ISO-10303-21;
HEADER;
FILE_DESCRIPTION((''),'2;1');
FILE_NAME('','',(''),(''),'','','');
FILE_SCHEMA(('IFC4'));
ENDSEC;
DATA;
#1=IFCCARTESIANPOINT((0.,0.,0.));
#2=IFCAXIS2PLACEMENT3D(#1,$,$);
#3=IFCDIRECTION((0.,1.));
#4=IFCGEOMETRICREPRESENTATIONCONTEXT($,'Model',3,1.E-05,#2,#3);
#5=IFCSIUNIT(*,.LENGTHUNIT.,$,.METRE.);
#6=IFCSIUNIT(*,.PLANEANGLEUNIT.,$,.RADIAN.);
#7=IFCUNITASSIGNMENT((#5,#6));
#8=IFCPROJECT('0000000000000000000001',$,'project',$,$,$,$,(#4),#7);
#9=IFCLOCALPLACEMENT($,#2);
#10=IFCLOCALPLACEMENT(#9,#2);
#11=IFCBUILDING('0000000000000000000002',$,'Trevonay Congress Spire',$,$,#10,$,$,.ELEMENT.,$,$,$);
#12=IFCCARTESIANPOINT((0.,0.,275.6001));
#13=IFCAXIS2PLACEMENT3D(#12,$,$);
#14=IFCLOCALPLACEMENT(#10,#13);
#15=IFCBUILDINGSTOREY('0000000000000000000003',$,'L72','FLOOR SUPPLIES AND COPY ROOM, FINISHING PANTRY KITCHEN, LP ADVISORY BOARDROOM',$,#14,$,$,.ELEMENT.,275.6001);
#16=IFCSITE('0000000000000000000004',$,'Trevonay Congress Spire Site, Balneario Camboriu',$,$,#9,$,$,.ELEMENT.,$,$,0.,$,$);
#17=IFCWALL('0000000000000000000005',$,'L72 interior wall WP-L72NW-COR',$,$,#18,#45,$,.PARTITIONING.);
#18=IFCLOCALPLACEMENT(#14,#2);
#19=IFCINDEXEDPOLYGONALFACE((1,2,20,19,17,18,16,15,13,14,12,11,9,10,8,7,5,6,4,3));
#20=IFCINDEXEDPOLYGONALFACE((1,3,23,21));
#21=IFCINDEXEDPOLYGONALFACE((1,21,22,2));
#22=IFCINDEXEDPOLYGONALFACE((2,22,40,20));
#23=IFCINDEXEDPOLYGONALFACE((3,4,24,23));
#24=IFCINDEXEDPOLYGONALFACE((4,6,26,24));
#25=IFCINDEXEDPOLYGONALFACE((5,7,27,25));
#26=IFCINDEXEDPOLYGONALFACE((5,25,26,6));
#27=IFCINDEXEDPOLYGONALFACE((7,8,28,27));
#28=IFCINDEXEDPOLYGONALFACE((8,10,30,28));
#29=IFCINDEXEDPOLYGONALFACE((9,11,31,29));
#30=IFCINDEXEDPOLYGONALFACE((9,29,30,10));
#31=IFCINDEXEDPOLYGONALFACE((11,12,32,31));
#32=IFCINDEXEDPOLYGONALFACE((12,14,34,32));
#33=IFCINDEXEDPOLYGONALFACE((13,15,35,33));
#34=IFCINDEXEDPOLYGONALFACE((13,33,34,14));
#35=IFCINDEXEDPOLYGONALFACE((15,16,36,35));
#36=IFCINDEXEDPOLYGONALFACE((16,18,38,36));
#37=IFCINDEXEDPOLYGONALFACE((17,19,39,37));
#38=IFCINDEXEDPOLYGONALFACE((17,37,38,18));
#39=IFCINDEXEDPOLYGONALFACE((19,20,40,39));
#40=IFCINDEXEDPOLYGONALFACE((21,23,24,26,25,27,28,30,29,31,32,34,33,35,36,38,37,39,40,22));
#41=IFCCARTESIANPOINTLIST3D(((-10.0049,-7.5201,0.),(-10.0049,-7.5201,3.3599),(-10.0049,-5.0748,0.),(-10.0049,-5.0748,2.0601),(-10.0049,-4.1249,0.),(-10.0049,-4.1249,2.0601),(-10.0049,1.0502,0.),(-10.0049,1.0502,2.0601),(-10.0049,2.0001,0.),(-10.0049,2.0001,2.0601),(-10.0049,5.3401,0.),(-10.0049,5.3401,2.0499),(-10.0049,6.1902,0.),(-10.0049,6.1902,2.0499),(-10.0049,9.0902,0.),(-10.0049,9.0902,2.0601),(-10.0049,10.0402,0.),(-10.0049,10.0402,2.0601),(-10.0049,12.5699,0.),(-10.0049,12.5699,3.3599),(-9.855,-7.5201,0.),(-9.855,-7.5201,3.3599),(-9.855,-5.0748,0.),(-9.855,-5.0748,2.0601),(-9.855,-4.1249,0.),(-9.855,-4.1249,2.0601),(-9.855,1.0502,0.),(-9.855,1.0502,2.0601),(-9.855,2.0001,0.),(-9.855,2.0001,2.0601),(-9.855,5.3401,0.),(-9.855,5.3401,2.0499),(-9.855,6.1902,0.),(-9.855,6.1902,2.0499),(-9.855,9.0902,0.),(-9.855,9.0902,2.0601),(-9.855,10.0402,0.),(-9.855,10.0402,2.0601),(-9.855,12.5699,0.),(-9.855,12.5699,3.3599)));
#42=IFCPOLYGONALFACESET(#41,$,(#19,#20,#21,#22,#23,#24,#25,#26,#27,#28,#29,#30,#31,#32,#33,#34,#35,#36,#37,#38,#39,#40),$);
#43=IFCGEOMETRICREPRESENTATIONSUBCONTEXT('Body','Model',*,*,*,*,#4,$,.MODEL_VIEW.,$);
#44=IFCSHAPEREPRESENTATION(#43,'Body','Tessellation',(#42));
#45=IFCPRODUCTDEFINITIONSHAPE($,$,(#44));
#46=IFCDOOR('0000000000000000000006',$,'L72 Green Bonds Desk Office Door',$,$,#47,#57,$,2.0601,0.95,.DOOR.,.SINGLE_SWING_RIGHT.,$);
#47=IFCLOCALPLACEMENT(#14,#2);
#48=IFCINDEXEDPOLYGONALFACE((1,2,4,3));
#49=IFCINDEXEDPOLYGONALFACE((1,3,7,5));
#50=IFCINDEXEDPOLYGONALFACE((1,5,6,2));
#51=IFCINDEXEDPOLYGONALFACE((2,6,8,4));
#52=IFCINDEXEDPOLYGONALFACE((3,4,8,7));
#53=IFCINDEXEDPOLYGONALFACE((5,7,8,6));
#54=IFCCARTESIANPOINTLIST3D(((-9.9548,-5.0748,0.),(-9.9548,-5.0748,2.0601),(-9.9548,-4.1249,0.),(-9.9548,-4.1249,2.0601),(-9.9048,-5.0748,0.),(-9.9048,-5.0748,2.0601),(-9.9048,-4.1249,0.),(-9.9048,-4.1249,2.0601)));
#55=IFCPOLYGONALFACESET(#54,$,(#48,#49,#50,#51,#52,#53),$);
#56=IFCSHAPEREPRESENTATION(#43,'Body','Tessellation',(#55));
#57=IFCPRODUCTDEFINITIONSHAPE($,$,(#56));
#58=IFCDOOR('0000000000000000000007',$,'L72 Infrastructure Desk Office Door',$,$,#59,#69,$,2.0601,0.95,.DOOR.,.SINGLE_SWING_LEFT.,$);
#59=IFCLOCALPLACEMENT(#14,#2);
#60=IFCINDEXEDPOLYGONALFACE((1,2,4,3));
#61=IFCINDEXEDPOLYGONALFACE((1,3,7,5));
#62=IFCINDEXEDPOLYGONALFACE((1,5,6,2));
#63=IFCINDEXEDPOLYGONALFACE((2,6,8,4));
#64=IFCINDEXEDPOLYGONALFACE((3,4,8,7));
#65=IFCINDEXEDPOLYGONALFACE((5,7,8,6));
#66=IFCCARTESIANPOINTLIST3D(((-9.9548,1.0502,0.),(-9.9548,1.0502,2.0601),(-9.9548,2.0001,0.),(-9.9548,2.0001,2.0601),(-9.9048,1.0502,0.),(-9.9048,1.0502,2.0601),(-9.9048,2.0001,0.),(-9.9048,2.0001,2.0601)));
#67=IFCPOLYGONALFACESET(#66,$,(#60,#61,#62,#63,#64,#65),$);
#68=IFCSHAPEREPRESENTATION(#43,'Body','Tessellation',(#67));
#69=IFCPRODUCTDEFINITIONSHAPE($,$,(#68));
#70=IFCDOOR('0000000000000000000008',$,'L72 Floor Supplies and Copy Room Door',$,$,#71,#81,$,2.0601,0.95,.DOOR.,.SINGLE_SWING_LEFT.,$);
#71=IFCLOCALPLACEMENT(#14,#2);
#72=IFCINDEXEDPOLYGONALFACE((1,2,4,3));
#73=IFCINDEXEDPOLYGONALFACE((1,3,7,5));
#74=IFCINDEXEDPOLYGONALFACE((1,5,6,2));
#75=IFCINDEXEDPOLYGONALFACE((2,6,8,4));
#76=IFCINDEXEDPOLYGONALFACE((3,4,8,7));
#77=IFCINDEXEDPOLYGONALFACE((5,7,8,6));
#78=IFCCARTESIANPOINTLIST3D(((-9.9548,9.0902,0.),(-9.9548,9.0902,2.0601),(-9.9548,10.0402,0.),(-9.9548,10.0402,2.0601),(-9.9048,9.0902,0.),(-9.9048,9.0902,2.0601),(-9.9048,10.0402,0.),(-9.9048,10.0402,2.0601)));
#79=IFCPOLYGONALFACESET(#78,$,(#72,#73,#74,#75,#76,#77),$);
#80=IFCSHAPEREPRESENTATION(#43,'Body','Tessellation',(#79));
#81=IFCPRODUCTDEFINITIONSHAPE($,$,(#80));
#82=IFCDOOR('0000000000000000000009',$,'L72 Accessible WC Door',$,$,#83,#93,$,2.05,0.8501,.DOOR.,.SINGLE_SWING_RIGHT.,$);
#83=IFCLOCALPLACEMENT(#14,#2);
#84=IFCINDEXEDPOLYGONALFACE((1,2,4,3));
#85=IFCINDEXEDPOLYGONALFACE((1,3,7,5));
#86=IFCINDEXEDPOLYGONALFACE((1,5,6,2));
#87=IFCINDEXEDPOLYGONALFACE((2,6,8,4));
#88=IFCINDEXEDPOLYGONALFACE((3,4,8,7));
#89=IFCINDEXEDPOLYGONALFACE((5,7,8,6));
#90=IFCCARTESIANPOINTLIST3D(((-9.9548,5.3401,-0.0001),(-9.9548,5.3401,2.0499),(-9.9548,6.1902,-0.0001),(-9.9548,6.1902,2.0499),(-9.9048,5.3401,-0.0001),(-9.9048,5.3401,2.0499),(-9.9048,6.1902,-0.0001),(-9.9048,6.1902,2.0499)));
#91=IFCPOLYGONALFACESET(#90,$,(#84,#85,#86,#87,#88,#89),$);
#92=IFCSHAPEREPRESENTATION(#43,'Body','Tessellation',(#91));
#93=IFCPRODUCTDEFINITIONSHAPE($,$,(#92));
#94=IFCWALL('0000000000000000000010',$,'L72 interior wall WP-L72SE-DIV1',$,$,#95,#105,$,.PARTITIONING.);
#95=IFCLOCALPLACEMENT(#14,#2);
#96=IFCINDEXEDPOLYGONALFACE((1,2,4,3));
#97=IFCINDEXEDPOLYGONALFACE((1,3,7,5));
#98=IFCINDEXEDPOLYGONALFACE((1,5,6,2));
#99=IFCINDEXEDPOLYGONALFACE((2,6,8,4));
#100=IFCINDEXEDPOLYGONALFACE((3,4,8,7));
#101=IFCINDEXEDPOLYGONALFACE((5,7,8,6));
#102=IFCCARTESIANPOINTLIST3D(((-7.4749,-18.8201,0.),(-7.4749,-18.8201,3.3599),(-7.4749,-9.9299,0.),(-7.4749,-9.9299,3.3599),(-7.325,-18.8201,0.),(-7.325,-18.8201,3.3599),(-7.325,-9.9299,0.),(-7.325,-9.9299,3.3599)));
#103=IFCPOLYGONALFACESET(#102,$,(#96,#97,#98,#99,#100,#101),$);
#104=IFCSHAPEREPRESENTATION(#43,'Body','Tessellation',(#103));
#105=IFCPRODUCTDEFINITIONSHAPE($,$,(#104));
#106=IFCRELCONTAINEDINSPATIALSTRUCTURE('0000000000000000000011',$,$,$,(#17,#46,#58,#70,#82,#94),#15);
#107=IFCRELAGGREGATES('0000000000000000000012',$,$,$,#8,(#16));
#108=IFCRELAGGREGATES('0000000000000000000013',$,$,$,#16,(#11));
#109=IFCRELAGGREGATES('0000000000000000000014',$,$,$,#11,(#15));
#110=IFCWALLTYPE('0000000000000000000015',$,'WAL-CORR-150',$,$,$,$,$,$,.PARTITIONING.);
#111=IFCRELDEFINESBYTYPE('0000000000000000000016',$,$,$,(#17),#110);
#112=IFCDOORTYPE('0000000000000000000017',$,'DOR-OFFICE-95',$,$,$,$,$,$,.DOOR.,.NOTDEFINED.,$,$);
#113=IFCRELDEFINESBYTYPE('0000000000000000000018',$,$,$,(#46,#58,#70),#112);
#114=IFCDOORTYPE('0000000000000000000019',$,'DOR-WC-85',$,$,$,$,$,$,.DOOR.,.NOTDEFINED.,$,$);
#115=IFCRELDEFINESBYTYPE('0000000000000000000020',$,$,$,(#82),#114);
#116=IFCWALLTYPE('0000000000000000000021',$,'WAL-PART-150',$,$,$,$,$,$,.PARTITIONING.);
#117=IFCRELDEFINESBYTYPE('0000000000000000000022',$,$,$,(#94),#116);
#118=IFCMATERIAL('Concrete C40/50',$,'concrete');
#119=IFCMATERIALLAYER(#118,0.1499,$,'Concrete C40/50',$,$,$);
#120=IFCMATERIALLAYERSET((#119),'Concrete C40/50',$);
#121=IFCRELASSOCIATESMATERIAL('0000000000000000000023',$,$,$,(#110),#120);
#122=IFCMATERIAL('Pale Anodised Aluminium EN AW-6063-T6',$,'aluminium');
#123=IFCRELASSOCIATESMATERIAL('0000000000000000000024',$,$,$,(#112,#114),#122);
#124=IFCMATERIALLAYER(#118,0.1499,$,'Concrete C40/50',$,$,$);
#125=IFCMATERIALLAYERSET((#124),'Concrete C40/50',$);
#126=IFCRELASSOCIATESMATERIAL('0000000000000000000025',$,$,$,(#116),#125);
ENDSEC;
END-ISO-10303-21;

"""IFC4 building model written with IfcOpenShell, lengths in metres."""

from ifc_helpers import new_model, si_unit, direction, frame, frame_2d, origin, place, context, subcontext, project, spatial, rectangle, extrude, material, layer, layer_set, type_object, element, fill, save


model = new_model("IFC4")

# Units and contexts
model_context = context("Model", 3, precision=1e-05, world=origin(), true_north=direction((0.0, 1.0)))
body_context = subcontext(model_context, "Body", "Model", "MODEL_VIEW")
ifc_project = project(units=[si_unit("LENGTHUNIT", "METRE"), si_unit("PLANEANGLEUNIT", "RADIAN")], contexts=[model_context])

# Site, building, storey
site_placement = place(None, origin())
site = spatial("IfcSite", under=ifc_project, at=site_placement, Name="Trevonay Congress Spire Site, Balneario Camboriu", CompositionType="ELEMENT", RefElevation=0.0)
building_placement = place(site_placement, origin())
building = spatial("IfcBuilding", under=site, at=building_placement, Name="Trevonay Congress Spire", CompositionType="ELEMENT")
storey_placement = place(building_placement, frame((0.0, 0.0, 275.6001)))
storey = spatial("IfcBuildingStorey", under=building, at=storey_placement, Name="L72", Description="FLOOR SUPPLIES AND COPY ROOM, FINISHING PANTRY KITCHEN, LP ADVISORY BOARDROOM", CompositionType="ELEMENT", Elevation=275.6001)

# Shared definitions
ifc_material_1 = material(Name="Pale Anodised Aluminium EN AW-6063-T6", Category="aluminium")

# Wall, openings, doors
ifc_material_2 = material(Name="Concrete C40/50", Category="concrete")
ifc_layer_1 = layer(ifc_material_2, 0.1499, Name="Concrete C40/50")
ifc_layer_set_1 = layer_set([ifc_layer_1], Name="Concrete C40/50")
wall_type_1 = type_object("IfcWallType", Name="WAL-CORR-150", PredefinedType="PARTITIONING", material=ifc_layer_set_1)
wall_1_placement = place(storey_placement, frame((-9.9299, -7.52, 0.0), z_axis=(0.0, 0.0, 1.0), x_axis=(0.0, 1.0, 0.0)))
wall_1 = element("IfcWall", 1, at=wall_1_placement, inside=storey, type_object=wall_type_1, Name="L72 interior wall WP-L72NW-COR", PredefinedType="PARTITIONING", context=body_context, shape_type="SweptSolid", body=[
    extrude(rectangle(XDim=20.0901, YDim=0.1499, at=frame_2d((10.0449, 0.0))), origin(), (0.0, 0.0, 1.0), 3.3599),
])
opening_1_placement = place(wall_1_placement, frame((2.4451, 0.0, 0.0)))
opening_1 = element("IfcOpeningElement", 2, at=opening_1_placement, cuts=wall_1, PredefinedType="OPENING", context=body_context, shape_type="SweptSolid", body=[
    extrude(rectangle(XDim=0.95, YDim=2.0601, at=frame_2d((0.4751, 1.03))), frame((0.0, 0.085, 0.0), z_axis=(0.0, -1.0, 0.0), x_axis=(1.0, 0.0, 0.0)), (0.0, 0.0, 1.0), 0.1699),
])
opening_2_placement = place(wall_1_placement, frame((8.5701, 0.0, 0.0)))
opening_2 = element("IfcOpeningElement", 3, at=opening_2_placement, cuts=wall_1, PredefinedType="OPENING", context=body_context, shape_type="SweptSolid", body=[
    extrude(rectangle(XDim=0.95, YDim=2.0601, at=frame_2d((0.4751, 1.03))), frame((0.0, 0.085, 0.0), z_axis=(0.0, -1.0, 0.0), x_axis=(1.0, 0.0, 0.0)), (0.0, 0.0, 1.0), 0.1699),
])
opening_3_placement = place(wall_1_placement, frame((12.8601, 0.0, 0.0)))
opening_3 = element("IfcOpeningElement", 4, at=opening_3_placement, cuts=wall_1, PredefinedType="OPENING", context=body_context, shape_type="SweptSolid", body=[
    extrude(rectangle(XDim=0.8501, YDim=2.05, at=frame_2d((0.425, 1.0249))), frame((0.0, 0.085, 0.0), z_axis=(0.0, -1.0, 0.0), x_axis=(1.0, 0.0, 0.0)), (0.0, 0.0, 1.0), 0.1699),
])
opening_4_placement = place(wall_1_placement, frame((16.6101, 0.0, 0.0)))
opening_4 = element("IfcOpeningElement", 5, at=opening_4_placement, cuts=wall_1, PredefinedType="OPENING", context=body_context, shape_type="SweptSolid", body=[
    extrude(rectangle(XDim=0.95, YDim=2.0601, at=frame_2d((0.4751, 1.03))), frame((0.0, 0.085, 0.0), z_axis=(0.0, -1.0, 0.0), x_axis=(1.0, 0.0, 0.0)), (0.0, 0.0, 1.0), 0.1699),
])
door_type_1 = type_object("IfcDoorType", Name="DOR-OFFICE-95", OperationType="NOTDEFINED", PredefinedType="DOOR", material=ifc_material_1)
door_1_placement = place(opening_1_placement, origin())
door_1 = element("IfcDoor", 6, at=door_1_placement, inside=storey, type_object=door_type_1, Name="L72 Green Bonds Desk Office Door", OperationType="SINGLE_SWING_RIGHT", OverallHeight=2.0601, OverallWidth=0.95, PredefinedType="DOOR", context=body_context, shape_type="SweptSolid", body=[
    extrude(rectangle(XDim=0.95, YDim=2.0601, at=frame_2d((0.4751, 1.03))), frame((0.0, 0.0249, 0.0), z_axis=(0.0, -1.0, 0.0), x_axis=(1.0, 0.0, 0.0)), (0.0, 0.0, 1.0), 0.05),
])
fill(opening_1, door_1)
door_2_placement = place(opening_2_placement, origin())
door_2 = element("IfcDoor", 7, at=door_2_placement, inside=storey, type_object=door_type_1, Name="L72 Infrastructure Desk Office Door", OperationType="SINGLE_SWING_LEFT", OverallHeight=2.0601, OverallWidth=0.95, PredefinedType="DOOR", context=body_context, shape_type="SweptSolid", body=[
    extrude(rectangle(XDim=0.95, YDim=2.0601, at=frame_2d((0.4751, 1.03))), frame((0.0, 0.0249, 0.0), z_axis=(0.0, -1.0, 0.0), x_axis=(1.0, 0.0, 0.0)), (0.0, 0.0, 1.0), 0.05),
])
fill(opening_2, door_2)
door_3_placement = place(opening_4_placement, origin())
door_3 = element("IfcDoor", 8, at=door_3_placement, inside=storey, type_object=door_type_1, Name="L72 Floor Supplies and Copy Room Door", OperationType="SINGLE_SWING_LEFT", OverallHeight=2.0601, OverallWidth=0.95, PredefinedType="DOOR", context=body_context, shape_type="SweptSolid", body=[
    extrude(rectangle(XDim=0.95, YDim=2.0601, at=frame_2d((0.4751, 1.03))), frame((0.0, 0.0249, 0.0), z_axis=(0.0, -1.0, 0.0), x_axis=(1.0, 0.0, 0.0)), (0.0, 0.0, 1.0), 0.05),
])
fill(opening_4, door_3)
door_type_2 = type_object("IfcDoorType", Name="DOR-WC-85", OperationType="NOTDEFINED", PredefinedType="DOOR", material=ifc_material_1)
door_4_placement = place(opening_3_placement, origin())
door_4 = element("IfcDoor", 9, at=door_4_placement, inside=storey, type_object=door_type_2, Name="L72 Accessible WC Door", OperationType="SINGLE_SWING_RIGHT", OverallHeight=2.05, OverallWidth=0.8501, PredefinedType="DOOR", context=body_context, shape_type="SweptSolid", body=[
    extrude(rectangle(XDim=0.8501, YDim=2.05, at=frame_2d((0.425, 1.0249))), frame((0.0, 0.0249, 0.0), z_axis=(0.0, -1.0, 0.0), x_axis=(1.0, 0.0, 0.0)), (0.0, 0.0, 1.0), 0.05),
])
fill(opening_3, door_4)

# Wall
ifc_layer_2 = layer(ifc_material_2, 0.1499, Name="Concrete C40/50")
ifc_layer_set_2 = layer_set([ifc_layer_2], Name="Concrete C40/50")
wall_type_2 = type_object("IfcWallType", Name="WAL-PART-150", PredefinedType="PARTITIONING", material=ifc_layer_set_2)
wall_2_placement = place(storey_placement, frame((-7.3999, -18.8201, 0.0), z_axis=(0.0, 0.0, 1.0), x_axis=(0.0, 1.0, 0.0)))
element("IfcWall", 10, at=wall_2_placement, inside=storey, type_object=wall_type_2, Name="L72 interior wall WP-L72SE-DIV1", PredefinedType="PARTITIONING", context=body_context, shape_type="SweptSolid", body=[
    extrude(rectangle(XDim=8.8901, YDim=0.1499, at=frame_2d((4.4451, 0.0))), origin(), (0.0, 0.0, 1.0), 3.3599),
])

save(model, "model.ifc")
